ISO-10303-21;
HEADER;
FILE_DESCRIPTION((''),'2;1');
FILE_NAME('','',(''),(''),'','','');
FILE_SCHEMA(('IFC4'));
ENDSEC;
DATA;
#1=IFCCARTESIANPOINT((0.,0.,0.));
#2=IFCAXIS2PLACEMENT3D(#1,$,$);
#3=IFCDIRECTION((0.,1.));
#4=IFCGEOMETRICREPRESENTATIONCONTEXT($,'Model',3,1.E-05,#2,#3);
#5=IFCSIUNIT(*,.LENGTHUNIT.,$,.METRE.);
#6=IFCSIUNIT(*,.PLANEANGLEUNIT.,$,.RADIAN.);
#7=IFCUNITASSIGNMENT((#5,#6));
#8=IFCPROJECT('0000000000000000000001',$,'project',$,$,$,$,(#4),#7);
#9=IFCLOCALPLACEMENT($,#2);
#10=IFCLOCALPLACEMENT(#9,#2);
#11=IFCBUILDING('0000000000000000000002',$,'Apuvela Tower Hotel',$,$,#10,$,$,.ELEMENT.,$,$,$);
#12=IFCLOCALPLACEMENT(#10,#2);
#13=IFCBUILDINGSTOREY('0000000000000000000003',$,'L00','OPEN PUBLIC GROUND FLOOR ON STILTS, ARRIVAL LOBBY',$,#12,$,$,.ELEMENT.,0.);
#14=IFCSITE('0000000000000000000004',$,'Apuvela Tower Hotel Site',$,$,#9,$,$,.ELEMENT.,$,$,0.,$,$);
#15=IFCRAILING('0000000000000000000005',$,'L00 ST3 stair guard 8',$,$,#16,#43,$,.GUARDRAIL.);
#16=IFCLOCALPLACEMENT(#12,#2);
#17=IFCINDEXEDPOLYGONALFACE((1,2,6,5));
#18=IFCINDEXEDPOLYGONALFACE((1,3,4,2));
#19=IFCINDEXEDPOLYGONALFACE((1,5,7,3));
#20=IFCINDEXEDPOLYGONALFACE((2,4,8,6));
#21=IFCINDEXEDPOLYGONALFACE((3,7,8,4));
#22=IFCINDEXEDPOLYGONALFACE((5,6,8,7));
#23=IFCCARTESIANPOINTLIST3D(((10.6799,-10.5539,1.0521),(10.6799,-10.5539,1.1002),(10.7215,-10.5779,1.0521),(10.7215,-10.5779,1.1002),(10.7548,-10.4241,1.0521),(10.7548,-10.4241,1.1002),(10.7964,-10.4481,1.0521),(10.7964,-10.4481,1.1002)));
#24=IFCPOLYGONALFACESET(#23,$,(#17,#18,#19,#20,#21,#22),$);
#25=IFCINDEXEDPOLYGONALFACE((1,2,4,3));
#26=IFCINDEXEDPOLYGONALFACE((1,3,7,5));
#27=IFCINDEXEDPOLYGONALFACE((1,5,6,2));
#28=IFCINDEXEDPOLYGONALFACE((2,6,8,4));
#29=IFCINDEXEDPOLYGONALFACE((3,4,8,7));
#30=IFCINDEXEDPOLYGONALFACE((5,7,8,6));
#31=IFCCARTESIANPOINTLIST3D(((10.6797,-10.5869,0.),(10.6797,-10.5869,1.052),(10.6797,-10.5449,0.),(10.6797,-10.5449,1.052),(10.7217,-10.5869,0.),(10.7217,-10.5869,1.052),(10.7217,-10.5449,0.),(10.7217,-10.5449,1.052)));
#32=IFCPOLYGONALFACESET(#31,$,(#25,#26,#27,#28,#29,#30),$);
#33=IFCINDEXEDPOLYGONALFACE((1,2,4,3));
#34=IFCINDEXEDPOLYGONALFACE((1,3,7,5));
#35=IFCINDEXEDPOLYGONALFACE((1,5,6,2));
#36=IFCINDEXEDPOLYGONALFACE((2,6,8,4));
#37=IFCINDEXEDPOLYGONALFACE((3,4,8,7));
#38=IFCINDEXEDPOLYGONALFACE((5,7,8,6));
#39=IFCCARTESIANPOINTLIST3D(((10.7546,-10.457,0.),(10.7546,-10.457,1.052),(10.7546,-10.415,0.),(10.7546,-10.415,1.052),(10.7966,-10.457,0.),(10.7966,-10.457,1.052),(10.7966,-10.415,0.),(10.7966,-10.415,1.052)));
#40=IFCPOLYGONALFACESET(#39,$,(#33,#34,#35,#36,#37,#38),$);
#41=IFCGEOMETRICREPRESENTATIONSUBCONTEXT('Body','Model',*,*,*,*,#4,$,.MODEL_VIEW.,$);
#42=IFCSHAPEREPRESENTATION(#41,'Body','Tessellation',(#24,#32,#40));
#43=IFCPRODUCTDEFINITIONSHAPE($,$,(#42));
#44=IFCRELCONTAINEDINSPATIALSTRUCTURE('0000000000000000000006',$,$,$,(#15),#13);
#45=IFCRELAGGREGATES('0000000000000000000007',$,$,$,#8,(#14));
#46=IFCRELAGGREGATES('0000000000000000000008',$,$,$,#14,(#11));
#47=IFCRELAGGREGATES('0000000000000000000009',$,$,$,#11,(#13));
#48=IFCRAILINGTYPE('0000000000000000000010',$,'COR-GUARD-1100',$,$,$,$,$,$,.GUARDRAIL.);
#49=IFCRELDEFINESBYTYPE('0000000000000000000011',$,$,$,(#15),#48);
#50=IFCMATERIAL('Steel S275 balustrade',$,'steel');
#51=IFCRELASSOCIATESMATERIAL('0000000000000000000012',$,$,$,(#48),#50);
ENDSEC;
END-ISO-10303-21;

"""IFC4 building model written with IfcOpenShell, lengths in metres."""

from ifc_helpers import new_model, si_unit, direction, frame, origin, origin_2d, place, context, subcontext, project, spatial, rectangle, extrude, material, type_object, element, save


model = new_model("IFC4")

# Units and contexts
model_context = context("Model", 3, precision=1e-05, world=origin(), true_north=direction((0.0, 1.0)))
body_context = subcontext(model_context, "Body", "Model", "MODEL_VIEW")
ifc_project = project(units=[si_unit("LENGTHUNIT", "METRE"), si_unit("PLANEANGLEUNIT", "RADIAN")], contexts=[model_context])

# Site, building, storey
site_placement = place(None, origin())
site = spatial("IfcSite", under=ifc_project, at=site_placement, Name="Apuvela Tower Hotel Site", CompositionType="ELEMENT", RefElevation=0.0)
building_placement = place(site_placement, origin())
building = spatial("IfcBuilding", under=site, at=building_placement, Name="Apuvela Tower Hotel", CompositionType="ELEMENT")
storey_placement = place(building_placement, origin())
storey = spatial("IfcBuildingStorey", under=building, at=storey_placement, Name="L00", Description="OPEN PUBLIC GROUND FLOOR ON STILTS, ARRIVAL LOBBY", CompositionType="ELEMENT", Elevation=0.0)

# Railing
ifc_material_1 = material(Name="Steel S275 balustrade", Category="steel")
railing_type = type_object("IfcRailingType", Name="COR-GUARD-1100", PredefinedType="GUARDRAIL", material=ifc_material_1)
railing_1_placement = place(storey_placement, frame((10.7007, -10.5659, 0.0)))
element("IfcRailing", 1, at=railing_1_placement, inside=storey, type_object=railing_type, Name="L00 ST3 stair guard 8", PredefinedType="GUARDRAIL", context=body_context, shape_type="SweptSolid", body=[
    extrude(rectangle(XDim=0.0481, YDim=0.0481, at=origin_2d()), frame((0.0, 0.0, 1.0762), z_axis=(0.499816, 0.866131, 0.0), x_axis=(-0.866131, 0.499816, 0.0)), (0.0, 0.0, 1.0), 0.1499),
    extrude(rectangle(XDim=0.042, YDim=0.042, at=origin_2d()), origin(), (0.0, 0.0, 1.0), 1.052),
    extrude(rectangle(XDim=0.042, YDim=0.042, at=origin_2d()), frame((0.075, 0.1299, 0.0)), (0.0, 0.0, 1.0), 1.052),
])

save(model, "model.ifc")
